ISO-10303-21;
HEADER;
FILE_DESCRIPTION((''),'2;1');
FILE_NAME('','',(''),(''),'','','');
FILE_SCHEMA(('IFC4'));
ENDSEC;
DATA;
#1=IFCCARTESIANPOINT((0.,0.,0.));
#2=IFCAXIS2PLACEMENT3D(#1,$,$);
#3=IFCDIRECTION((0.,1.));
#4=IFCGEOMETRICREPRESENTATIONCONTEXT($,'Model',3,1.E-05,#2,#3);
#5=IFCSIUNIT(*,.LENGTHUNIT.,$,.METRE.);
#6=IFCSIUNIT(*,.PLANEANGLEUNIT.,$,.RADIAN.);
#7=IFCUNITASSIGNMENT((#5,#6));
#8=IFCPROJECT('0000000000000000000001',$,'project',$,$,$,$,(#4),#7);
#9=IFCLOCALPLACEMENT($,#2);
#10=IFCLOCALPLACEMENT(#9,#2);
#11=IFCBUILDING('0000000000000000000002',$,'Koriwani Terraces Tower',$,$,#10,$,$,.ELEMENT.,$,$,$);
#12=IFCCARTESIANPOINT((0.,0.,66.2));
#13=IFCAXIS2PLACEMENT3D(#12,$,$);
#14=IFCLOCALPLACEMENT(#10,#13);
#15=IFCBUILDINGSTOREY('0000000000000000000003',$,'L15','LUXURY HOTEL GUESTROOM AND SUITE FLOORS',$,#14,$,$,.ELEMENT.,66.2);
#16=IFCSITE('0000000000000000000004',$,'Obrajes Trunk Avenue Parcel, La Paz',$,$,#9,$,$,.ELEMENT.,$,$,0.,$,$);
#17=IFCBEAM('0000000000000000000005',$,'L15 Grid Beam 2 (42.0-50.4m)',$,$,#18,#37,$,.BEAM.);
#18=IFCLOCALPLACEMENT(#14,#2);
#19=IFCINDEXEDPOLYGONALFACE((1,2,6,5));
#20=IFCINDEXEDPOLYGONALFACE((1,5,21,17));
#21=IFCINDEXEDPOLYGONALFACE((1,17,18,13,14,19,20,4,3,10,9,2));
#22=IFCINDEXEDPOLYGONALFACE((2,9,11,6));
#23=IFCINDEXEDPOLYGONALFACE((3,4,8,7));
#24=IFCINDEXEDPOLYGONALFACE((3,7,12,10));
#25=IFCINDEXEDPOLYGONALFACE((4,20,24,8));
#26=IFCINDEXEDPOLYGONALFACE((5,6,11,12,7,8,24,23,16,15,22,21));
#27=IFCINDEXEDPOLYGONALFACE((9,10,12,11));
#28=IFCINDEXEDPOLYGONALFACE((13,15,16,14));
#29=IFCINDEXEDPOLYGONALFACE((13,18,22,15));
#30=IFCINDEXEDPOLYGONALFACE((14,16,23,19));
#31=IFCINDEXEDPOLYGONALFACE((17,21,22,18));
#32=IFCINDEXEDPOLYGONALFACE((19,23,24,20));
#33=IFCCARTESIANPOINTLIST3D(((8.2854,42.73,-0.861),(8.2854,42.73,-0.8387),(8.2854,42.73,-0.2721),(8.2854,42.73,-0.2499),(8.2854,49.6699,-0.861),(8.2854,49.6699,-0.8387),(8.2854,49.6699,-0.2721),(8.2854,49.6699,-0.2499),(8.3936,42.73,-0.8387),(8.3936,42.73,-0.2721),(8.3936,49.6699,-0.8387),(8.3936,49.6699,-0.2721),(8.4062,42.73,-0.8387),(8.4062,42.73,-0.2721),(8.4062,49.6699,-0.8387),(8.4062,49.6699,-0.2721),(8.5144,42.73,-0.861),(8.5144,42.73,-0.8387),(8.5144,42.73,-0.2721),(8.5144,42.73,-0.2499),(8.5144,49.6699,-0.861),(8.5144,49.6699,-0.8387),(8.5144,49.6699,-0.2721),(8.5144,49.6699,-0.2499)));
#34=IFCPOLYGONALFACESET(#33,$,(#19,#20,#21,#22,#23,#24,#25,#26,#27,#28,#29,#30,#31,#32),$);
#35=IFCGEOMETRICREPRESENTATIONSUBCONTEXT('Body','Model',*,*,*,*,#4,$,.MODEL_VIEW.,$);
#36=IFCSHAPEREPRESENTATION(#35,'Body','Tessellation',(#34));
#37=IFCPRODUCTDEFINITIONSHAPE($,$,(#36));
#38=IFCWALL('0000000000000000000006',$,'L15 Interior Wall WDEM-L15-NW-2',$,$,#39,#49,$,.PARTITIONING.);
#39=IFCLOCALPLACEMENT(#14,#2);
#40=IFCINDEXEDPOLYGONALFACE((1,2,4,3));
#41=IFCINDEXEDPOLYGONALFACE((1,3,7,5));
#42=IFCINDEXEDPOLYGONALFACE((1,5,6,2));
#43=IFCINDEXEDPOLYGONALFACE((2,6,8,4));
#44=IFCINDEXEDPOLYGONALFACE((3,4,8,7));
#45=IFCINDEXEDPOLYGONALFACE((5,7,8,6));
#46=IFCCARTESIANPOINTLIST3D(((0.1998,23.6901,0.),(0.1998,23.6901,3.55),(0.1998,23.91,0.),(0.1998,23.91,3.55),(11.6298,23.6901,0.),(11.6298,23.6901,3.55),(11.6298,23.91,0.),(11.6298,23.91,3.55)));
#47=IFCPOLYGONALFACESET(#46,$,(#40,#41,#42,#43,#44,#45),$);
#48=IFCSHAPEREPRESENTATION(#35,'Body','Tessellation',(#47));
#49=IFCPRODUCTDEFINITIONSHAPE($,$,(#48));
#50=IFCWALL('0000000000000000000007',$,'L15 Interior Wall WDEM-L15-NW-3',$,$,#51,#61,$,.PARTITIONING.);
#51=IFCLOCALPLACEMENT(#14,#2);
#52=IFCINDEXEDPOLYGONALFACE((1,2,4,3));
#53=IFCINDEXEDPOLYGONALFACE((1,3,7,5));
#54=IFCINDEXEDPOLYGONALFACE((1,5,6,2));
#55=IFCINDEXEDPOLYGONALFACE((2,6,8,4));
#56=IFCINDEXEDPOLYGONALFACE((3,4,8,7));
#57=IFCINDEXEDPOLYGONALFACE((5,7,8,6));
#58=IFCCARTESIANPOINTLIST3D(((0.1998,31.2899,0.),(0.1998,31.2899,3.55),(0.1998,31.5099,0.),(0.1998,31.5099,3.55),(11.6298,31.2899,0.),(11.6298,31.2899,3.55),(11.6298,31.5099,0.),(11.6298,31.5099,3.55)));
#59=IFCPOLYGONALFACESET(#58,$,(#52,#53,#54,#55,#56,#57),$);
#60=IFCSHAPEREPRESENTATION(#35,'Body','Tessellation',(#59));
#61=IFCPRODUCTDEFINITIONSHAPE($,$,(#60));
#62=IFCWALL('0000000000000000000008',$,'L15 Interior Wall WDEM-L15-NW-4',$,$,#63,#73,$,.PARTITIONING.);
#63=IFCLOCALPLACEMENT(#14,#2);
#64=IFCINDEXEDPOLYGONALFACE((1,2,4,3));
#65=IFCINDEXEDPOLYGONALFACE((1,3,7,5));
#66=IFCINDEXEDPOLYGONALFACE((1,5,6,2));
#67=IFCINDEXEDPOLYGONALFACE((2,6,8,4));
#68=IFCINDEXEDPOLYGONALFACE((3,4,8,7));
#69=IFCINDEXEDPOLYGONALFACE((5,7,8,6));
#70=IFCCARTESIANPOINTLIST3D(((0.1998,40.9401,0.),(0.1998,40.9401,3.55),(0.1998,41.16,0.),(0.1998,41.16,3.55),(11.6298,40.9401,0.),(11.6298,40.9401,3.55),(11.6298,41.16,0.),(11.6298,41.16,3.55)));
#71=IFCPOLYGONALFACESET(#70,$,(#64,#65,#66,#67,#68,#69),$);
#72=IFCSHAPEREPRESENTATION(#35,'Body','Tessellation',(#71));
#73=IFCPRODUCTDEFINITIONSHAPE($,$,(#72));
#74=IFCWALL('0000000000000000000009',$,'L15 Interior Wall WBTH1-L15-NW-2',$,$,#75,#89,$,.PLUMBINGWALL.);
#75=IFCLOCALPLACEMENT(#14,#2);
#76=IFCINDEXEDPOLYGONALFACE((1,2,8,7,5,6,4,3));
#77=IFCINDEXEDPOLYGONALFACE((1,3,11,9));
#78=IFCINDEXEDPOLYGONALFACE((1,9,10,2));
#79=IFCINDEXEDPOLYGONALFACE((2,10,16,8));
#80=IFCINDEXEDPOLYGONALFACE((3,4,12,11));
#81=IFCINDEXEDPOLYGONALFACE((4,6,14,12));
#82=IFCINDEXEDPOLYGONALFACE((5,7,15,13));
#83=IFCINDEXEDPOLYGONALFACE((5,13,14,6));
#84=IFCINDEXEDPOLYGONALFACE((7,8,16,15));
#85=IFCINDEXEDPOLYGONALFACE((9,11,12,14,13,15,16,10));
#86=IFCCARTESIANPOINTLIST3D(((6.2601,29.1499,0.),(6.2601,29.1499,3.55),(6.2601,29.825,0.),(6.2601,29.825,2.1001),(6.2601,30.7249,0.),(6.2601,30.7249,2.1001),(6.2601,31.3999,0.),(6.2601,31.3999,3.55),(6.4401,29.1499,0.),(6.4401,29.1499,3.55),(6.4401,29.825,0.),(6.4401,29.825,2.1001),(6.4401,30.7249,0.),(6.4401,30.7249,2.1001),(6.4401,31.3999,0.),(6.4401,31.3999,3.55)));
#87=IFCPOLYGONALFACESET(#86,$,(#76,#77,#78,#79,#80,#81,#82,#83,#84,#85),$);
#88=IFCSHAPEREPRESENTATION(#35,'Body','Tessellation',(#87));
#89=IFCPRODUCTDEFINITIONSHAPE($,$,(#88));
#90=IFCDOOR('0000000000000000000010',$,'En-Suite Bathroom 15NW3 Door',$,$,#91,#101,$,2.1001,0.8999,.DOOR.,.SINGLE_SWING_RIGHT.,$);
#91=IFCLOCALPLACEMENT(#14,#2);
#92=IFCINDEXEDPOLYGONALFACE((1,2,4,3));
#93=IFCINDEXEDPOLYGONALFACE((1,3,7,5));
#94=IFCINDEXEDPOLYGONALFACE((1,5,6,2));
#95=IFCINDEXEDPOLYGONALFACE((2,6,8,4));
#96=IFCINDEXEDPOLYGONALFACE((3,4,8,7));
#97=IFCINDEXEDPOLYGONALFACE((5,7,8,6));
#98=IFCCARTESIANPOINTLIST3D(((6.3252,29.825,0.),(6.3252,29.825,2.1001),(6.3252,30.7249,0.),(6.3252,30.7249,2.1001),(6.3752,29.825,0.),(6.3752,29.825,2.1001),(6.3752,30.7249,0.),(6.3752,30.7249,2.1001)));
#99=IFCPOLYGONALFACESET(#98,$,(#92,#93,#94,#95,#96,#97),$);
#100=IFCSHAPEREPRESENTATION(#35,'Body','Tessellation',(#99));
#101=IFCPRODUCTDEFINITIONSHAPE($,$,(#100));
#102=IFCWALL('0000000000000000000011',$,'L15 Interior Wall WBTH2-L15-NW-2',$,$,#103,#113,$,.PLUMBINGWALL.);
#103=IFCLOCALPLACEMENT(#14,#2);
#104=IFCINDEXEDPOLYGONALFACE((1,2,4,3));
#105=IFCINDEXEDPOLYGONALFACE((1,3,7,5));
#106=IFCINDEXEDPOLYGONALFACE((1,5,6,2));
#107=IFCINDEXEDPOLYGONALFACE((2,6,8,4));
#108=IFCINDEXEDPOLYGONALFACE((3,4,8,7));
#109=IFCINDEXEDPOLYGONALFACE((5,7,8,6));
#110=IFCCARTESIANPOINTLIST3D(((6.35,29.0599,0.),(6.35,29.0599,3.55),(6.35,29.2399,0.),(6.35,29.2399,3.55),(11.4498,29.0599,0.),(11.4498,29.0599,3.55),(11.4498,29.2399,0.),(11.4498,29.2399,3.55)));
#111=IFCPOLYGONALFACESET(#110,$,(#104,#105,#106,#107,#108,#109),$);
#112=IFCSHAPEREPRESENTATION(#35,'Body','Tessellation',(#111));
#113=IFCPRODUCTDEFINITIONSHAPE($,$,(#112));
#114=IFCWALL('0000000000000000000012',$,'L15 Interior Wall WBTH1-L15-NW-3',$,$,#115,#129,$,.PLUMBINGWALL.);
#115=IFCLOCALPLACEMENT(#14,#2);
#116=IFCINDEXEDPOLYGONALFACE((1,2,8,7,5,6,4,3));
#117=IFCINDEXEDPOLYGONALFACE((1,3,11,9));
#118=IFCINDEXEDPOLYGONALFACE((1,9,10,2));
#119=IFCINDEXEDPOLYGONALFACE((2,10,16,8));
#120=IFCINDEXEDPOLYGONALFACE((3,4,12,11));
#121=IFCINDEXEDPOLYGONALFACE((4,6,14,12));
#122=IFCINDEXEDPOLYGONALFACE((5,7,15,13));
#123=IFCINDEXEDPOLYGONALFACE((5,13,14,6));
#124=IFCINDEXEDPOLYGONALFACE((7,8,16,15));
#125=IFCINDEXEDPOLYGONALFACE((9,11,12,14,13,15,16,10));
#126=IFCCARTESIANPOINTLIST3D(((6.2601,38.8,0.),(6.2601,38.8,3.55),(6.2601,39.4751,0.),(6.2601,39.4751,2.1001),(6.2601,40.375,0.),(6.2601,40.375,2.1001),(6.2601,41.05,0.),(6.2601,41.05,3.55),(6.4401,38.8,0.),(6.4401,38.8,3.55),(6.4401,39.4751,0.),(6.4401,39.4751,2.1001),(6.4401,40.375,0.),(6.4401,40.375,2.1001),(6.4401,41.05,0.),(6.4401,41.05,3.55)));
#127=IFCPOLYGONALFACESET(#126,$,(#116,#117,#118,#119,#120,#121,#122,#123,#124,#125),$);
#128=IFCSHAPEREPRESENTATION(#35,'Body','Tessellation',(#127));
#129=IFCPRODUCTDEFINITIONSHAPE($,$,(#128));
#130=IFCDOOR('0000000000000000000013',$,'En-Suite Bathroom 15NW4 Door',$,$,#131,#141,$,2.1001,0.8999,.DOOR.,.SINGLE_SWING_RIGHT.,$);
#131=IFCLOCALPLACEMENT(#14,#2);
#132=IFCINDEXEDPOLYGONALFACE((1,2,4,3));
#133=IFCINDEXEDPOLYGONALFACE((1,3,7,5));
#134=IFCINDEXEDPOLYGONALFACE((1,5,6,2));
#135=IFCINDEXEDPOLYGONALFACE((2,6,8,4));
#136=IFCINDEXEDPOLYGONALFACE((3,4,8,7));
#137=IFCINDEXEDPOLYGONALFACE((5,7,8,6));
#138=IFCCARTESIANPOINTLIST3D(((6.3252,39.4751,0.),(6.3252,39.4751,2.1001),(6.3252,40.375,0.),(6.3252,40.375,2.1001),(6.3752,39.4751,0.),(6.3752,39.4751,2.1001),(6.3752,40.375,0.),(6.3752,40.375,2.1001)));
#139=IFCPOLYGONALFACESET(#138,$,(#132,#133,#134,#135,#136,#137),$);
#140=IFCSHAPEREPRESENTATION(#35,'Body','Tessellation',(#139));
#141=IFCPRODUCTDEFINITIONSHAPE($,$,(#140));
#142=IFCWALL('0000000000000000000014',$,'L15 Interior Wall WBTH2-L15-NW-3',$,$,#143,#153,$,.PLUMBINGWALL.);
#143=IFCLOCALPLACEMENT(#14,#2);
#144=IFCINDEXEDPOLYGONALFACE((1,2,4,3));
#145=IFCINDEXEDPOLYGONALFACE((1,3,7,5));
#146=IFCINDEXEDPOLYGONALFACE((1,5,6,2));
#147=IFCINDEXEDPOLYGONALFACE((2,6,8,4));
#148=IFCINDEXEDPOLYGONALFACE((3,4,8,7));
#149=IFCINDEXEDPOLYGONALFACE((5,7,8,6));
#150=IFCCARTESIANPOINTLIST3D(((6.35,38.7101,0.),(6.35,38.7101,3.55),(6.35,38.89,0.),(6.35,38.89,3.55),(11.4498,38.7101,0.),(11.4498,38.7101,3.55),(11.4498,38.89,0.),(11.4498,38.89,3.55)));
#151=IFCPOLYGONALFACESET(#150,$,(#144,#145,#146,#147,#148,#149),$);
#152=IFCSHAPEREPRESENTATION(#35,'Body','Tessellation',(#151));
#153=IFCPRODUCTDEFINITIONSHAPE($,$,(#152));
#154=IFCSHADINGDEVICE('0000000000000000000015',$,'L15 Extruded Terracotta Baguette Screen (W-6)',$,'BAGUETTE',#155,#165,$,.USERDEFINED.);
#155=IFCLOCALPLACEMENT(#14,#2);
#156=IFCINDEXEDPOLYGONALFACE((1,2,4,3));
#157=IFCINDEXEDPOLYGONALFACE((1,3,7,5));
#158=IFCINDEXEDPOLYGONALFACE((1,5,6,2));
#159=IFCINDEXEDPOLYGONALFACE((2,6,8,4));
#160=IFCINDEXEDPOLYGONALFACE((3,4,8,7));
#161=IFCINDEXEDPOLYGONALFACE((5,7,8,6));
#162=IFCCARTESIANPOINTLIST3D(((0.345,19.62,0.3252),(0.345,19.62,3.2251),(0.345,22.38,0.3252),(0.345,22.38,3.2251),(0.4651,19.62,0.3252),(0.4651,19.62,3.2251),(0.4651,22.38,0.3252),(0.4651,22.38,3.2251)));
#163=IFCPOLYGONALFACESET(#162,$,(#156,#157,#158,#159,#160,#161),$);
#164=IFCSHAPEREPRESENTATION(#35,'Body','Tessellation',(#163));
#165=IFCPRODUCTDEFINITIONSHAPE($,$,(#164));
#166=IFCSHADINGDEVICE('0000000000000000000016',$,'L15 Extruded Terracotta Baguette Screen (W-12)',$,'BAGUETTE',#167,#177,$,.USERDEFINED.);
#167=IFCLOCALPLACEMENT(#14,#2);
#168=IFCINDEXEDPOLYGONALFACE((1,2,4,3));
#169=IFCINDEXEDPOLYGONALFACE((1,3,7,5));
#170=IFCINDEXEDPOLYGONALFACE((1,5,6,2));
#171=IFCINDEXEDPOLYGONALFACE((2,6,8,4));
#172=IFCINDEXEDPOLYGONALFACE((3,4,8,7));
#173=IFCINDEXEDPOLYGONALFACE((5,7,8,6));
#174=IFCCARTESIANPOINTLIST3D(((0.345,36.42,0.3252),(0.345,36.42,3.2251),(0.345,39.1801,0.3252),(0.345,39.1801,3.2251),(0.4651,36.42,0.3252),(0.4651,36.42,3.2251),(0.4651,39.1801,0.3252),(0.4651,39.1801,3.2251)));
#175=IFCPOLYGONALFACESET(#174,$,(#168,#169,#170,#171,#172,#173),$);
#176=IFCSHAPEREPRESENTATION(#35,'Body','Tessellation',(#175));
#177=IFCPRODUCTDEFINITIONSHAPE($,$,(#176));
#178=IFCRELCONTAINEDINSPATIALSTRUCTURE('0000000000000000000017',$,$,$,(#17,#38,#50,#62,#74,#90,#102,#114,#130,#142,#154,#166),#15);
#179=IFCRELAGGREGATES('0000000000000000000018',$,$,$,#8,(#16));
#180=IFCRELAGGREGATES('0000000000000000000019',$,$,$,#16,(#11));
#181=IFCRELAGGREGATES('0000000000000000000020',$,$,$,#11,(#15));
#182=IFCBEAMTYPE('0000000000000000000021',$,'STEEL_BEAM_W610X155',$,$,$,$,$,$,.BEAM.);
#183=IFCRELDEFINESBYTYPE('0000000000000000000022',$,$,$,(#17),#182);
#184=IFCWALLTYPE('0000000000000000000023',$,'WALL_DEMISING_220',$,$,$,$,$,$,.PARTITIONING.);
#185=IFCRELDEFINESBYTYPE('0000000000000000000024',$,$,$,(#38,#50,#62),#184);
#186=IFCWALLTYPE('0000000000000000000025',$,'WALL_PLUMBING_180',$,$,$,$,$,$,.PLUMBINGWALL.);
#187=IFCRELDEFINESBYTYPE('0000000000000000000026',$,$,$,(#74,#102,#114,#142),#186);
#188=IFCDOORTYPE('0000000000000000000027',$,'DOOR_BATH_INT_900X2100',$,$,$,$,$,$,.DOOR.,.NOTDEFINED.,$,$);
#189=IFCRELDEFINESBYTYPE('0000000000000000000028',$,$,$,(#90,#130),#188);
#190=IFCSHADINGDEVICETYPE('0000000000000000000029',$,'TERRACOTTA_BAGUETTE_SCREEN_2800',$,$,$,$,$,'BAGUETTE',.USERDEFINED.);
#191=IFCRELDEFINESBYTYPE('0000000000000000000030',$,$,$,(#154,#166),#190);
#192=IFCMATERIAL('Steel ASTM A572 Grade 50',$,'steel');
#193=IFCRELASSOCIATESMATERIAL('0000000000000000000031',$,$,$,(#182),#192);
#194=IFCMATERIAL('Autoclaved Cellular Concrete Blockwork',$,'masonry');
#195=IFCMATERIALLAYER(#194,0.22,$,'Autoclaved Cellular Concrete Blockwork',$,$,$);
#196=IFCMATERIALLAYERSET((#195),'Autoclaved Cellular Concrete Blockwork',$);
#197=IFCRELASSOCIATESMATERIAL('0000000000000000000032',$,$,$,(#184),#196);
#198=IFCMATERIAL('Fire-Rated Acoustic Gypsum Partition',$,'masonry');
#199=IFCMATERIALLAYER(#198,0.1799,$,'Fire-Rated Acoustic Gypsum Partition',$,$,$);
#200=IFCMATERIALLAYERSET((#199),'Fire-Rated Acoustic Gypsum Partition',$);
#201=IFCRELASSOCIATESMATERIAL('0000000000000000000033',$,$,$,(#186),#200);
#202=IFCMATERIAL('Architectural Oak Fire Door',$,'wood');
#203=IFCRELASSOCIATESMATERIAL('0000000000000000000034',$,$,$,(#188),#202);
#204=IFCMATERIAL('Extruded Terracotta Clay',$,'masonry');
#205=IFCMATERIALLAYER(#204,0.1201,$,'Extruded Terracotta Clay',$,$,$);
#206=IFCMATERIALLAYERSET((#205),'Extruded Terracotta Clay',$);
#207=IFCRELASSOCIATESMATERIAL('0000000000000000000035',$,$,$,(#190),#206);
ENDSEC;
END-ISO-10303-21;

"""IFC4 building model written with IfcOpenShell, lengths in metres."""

from ifc_helpers import new_model, si_unit, direction, frame, frame_2d, origin, origin_2d, place, context, subcontext, project, spatial, rectangle, i_section, extrude, material, layer, layer_set, material_profile, profile_set, type_object, element, fill, save


model = new_model("IFC4")

# Units and contexts
model_context = context("Model", 3, precision=1e-05, world=origin(), true_north=direction((0.0, 1.0)))
body_context = subcontext(model_context, "Body", "Model", "MODEL_VIEW")
ifc_project = project(units=[si_unit("LENGTHUNIT", "METRE"), si_unit("PLANEANGLEUNIT", "RADIAN")], contexts=[model_context])

# Site, building, storey
site_placement = place(None, origin())
site = spatial("IfcSite", under=ifc_project, at=site_placement, Name="Obrajes Trunk Avenue Parcel, La Paz", CompositionType="ELEMENT", RefElevation=0.0)
building_placement = place(site_placement, origin())
building = spatial("IfcBuilding", under=site, at=building_placement, Name="Koriwani Terraces Tower", CompositionType="ELEMENT")
storey_placement = place(building_placement, frame((0.0, 0.0, 66.2)))
storey = spatial("IfcBuildingStorey", under=building, at=storey_placement, Name="L15", Description="LUXURY HOTEL GUESTROOM AND SUITE FLOORS", CompositionType="ELEMENT", Elevation=66.2)

# Beam
ifc_material_1 = material(Name="Steel ASTM A572 Grade 50", Category="steel")
ifc_material_profile_1 = material_profile(ifc_material_1, i_section(OverallWidth=0.229, OverallDepth=0.6111, WebThickness=0.0127, FlangeThickness=0.0222, at=origin_2d()), Name="Steel ASTM A572 Grade 50", Category="LoadBearing")
ifc_profile_set_1 = profile_set([ifc_material_profile_1], Name="Steel ASTM A572 Grade 50")
beam_type_1 = type_object("IfcBeamType", Name="STEEL_BEAM_W610X155", PredefinedType="BEAM", material=ifc_profile_set_1)
beam_1_placement = place(storey_placement, frame((8.3999, 42.73, -0.5554), z_axis=(0.0, 1.0, 0.0), x_axis=(-1.0, 0.0, 0.0)))
element("IfcBeam", 1, at=beam_1_placement, inside=storey, type_object=beam_type_1, Name="L15 Grid Beam 2 (42.0-50.4m)", PredefinedType="BEAM", context=body_context, shape_type="SweptSolid", body=[
    extrude(i_section(OverallWidth=0.229, OverallDepth=0.6111, WebThickness=0.0127, FlangeThickness=0.0222, at=origin_2d()), origin(), (0.0, 0.0, 1.0), 6.9399),
])

# Walls
ifc_material_2 = material(Name="Autoclaved Cellular Concrete Blockwork", Category="masonry")
ifc_layer_1 = layer(ifc_material_2, 0.22, Name="Autoclaved Cellular Concrete Blockwork")
ifc_layer_set_1 = layer_set([ifc_layer_1], Name="Autoclaved Cellular Concrete Blockwork")
wall_type_1 = type_object("IfcWallType", Name="WALL_DEMISING_220", PredefinedType="PARTITIONING", material=ifc_layer_set_1)
for number, where, z_axis, x_axis, name in (
    (2, (0.2, 23.8, 0.0), (0.0, 0.0, 1.0), (1.0, 0.0, 0.0), "L15 Interior Wall WDEM-L15-NW-2"),
    (3, (0.2, 31.3999, 0.0), (0.0, 0.0, 1.0), (1.0, 0.0, 0.0), "L15 Interior Wall WDEM-L15-NW-3"),
    (4, (0.2, 41.05, 0.0), (0.0, 0.0, 1.0), (1.0, 0.0, 0.0), "L15 Interior Wall WDEM-L15-NW-4"),
):
    element("IfcWall", number, at=place(storey_placement, frame(where, z_axis=z_axis, x_axis=x_axis)), inside=storey, type_object=wall_type_1, Name=name, PredefinedType="PARTITIONING", context=body_context, shape_type="SweptSolid", body=[
        extrude(rectangle(XDim=11.4299, YDim=0.22, at=frame_2d((5.7148, 0.0))), origin(), (0.0, 0.0, 1.0), 3.55),
    ])

# Wall, opening, door
ifc_material_3 = material(Name="Fire-Rated Acoustic Gypsum Partition", Category="masonry")
ifc_layer_2 = layer(ifc_material_3, 0.1799, Name="Fire-Rated Acoustic Gypsum Partition")
ifc_layer_set_2 = layer_set([ifc_layer_2], Name="Fire-Rated Acoustic Gypsum Partition")
wall_type_2 = type_object("IfcWallType", Name="WALL_PLUMBING_180", PredefinedType="PLUMBINGWALL", material=ifc_layer_set_2)
wall_1_placement = place(storey_placement, frame((6.3501, 29.1499, 0.0), z_axis=(0.0, 0.0, 1.0), x_axis=(0.0, 1.0, 0.0)))
wall_1 = element("IfcWall", 5, at=wall_1_placement, inside=storey, type_object=wall_type_2, Name="L15 Interior Wall WBTH1-L15-NW-2", PredefinedType="PLUMBINGWALL", context=body_context, shape_type="SweptSolid", body=[
    extrude(rectangle(XDim=2.25, YDim=0.1799, at=frame_2d((1.125, 0.0))), origin(), (0.0, 0.0, 1.0), 3.55),
])
opening_1_placement = place(wall_1_placement, frame((0.675, 0.0, 0.0)))
opening_1 = element("IfcOpeningElement", 6, at=opening_1_placement, cuts=wall_1, PredefinedType="OPENING", context=body_context, shape_type="SweptSolid", body=[
    extrude(rectangle(XDim=0.8999, YDim=2.1001, at=frame_2d((0.45, 1.05))), frame((0.0, 0.1001, 0.0), z_axis=(0.0, -1.0, 0.0), x_axis=(1.0, 0.0, 0.0)), (0.0, 0.0, 1.0), 0.2),
])
ifc_material_4 = material(Name="Architectural Oak Fire Door", Category="wood")
door_type = type_object("IfcDoorType", Name="DOOR_BATH_INT_900X2100", OperationType="NOTDEFINED", PredefinedType="DOOR", material=ifc_material_4)
door_1_placement = place(opening_1_placement, origin())
door_1 = element("IfcDoor", 7, at=door_1_placement, inside=storey, type_object=door_type, Name="En-Suite Bathroom 15NW3 Door", OperationType="SINGLE_SWING_RIGHT", OverallHeight=2.1001, OverallWidth=0.8999, PredefinedType="DOOR", context=body_context, shape_type="SweptSolid", body=[
    extrude(rectangle(XDim=0.8999, YDim=2.1001, at=frame_2d((0.45, 1.05))), frame((0.0, 0.0249, 0.0), z_axis=(0.0, -1.0, 0.0), x_axis=(1.0, 0.0, 0.0)), (0.0, 0.0, 1.0), 0.05),
])
fill(opening_1, door_1)

# Wall
wall_2_placement = place(storey_placement, frame((6.3501, 29.1499, 0.0), z_axis=(0.0, 0.0, 1.0), x_axis=(1.0, 0.0, 0.0)))
element("IfcWall", 8, at=wall_2_placement, inside=storey, type_object=wall_type_2, Name="L15 Interior Wall WBTH2-L15-NW-2", PredefinedType="PLUMBINGWALL", context=body_context, shape_type="SweptSolid", body=[
    extrude(rectangle(XDim=5.0999, YDim=0.1799, at=frame_2d((2.5498, 0.0))), origin(), (0.0, 0.0, 1.0), 3.55),
])

# Wall, opening, door
wall_3_placement = place(storey_placement, frame((6.3501, 38.8, 0.0), z_axis=(0.0, 0.0, 1.0), x_axis=(0.0, 1.0, 0.0)))
wall_3 = element("IfcWall", 9, at=wall_3_placement, inside=storey, type_object=wall_type_2, Name="L15 Interior Wall WBTH1-L15-NW-3", PredefinedType="PLUMBINGWALL", context=body_context, shape_type="SweptSolid", body=[
    extrude(rectangle(XDim=2.25, YDim=0.1799, at=frame_2d((1.125, 0.0))), origin(), (0.0, 0.0, 1.0), 3.55),
])
opening_2_placement = place(wall_3_placement, frame((0.675, 0.0, 0.0)))
opening_2 = element("IfcOpeningElement", 10, at=opening_2_placement, cuts=wall_3, PredefinedType="OPENING", context=body_context, shape_type="SweptSolid", body=[
    extrude(rectangle(XDim=0.8999, YDim=2.1001, at=frame_2d((0.45, 1.05))), frame((0.0, 0.1001, 0.0), z_axis=(0.0, -1.0, 0.0), x_axis=(1.0, 0.0, 0.0)), (0.0, 0.0, 1.0), 0.2),
])
door_2_placement = place(opening_2_placement, origin())
door_2 = element("IfcDoor", 11, at=door_2_placement, inside=storey, type_object=door_type, Name="En-Suite Bathroom 15NW4 Door", OperationType="SINGLE_SWING_RIGHT", OverallHeight=2.1001, OverallWidth=0.8999, PredefinedType="DOOR", context=body_context, shape_type="SweptSolid", body=[
    extrude(rectangle(XDim=0.8999, YDim=2.1001, at=frame_2d((0.45, 1.05))), frame((0.0, 0.0249, 0.0), z_axis=(0.0, -1.0, 0.0), x_axis=(1.0, 0.0, 0.0)), (0.0, 0.0, 1.0), 0.05),
])
fill(opening_2, door_2)

# Wall
wall_4_placement = place(storey_placement, frame((6.3501, 38.8, 0.0), z_axis=(0.0, 0.0, 1.0), x_axis=(1.0, 0.0, 0.0)))
element("IfcWall", 12, at=wall_4_placement, inside=storey, type_object=wall_type_2, Name="L15 Interior Wall WBTH2-L15-NW-3", PredefinedType="PLUMBINGWALL", context=body_context, shape_type="SweptSolid", body=[
    extrude(rectangle(XDim=5.0999, YDim=0.1799, at=frame_2d((2.5498, 0.0))), origin(), (0.0, 0.0, 1.0), 3.55),
])

# Shading devices
ifc_material_5 = material(Name="Extruded Terracotta Clay", Category="masonry")
ifc_layer_3 = layer(ifc_material_5, 0.1201, Name="Extruded Terracotta Clay")
ifc_layer_set_3 = layer_set([ifc_layer_3], Name="Extruded Terracotta Clay")
shading_device_type = type_object("IfcShadingDeviceType", Name="TERRACOTTA_BAGUETTE_SCREEN_2800", ElementType="BAGUETTE", PredefinedType="USERDEFINED", material=ifc_layer_set_3)
for number, where, z_axis, x_axis, name in (
    (13, (0.405, 21.0, 0.3252), (0.0, 0.0, 1.0), (0.0, 1.0, 0.0), "L15 Extruded Terracotta Baguette Screen (W-6)"),
    (14, (0.405, 37.8, 0.3252), (0.0, 0.0, 1.0), (0.0, 1.0, 0.0), "L15 Extruded Terracotta Baguette Screen (W-12)"),
):
    element("IfcShadingDevice", number, at=place(storey_placement, frame(where, z_axis=z_axis, x_axis=x_axis)), inside=storey, type_object=shading_device_type, Name=name, ObjectType="BAGUETTE", PredefinedType="USERDEFINED", context=body_context, shape_type="SweptSolid", body=[
        extrude(rectangle(XDim=2.76, YDim=0.1201, at=origin_2d()), origin(), (0.0, 0.0, 1.0), 2.8999),
    ])

save(model, "model.ifc")
